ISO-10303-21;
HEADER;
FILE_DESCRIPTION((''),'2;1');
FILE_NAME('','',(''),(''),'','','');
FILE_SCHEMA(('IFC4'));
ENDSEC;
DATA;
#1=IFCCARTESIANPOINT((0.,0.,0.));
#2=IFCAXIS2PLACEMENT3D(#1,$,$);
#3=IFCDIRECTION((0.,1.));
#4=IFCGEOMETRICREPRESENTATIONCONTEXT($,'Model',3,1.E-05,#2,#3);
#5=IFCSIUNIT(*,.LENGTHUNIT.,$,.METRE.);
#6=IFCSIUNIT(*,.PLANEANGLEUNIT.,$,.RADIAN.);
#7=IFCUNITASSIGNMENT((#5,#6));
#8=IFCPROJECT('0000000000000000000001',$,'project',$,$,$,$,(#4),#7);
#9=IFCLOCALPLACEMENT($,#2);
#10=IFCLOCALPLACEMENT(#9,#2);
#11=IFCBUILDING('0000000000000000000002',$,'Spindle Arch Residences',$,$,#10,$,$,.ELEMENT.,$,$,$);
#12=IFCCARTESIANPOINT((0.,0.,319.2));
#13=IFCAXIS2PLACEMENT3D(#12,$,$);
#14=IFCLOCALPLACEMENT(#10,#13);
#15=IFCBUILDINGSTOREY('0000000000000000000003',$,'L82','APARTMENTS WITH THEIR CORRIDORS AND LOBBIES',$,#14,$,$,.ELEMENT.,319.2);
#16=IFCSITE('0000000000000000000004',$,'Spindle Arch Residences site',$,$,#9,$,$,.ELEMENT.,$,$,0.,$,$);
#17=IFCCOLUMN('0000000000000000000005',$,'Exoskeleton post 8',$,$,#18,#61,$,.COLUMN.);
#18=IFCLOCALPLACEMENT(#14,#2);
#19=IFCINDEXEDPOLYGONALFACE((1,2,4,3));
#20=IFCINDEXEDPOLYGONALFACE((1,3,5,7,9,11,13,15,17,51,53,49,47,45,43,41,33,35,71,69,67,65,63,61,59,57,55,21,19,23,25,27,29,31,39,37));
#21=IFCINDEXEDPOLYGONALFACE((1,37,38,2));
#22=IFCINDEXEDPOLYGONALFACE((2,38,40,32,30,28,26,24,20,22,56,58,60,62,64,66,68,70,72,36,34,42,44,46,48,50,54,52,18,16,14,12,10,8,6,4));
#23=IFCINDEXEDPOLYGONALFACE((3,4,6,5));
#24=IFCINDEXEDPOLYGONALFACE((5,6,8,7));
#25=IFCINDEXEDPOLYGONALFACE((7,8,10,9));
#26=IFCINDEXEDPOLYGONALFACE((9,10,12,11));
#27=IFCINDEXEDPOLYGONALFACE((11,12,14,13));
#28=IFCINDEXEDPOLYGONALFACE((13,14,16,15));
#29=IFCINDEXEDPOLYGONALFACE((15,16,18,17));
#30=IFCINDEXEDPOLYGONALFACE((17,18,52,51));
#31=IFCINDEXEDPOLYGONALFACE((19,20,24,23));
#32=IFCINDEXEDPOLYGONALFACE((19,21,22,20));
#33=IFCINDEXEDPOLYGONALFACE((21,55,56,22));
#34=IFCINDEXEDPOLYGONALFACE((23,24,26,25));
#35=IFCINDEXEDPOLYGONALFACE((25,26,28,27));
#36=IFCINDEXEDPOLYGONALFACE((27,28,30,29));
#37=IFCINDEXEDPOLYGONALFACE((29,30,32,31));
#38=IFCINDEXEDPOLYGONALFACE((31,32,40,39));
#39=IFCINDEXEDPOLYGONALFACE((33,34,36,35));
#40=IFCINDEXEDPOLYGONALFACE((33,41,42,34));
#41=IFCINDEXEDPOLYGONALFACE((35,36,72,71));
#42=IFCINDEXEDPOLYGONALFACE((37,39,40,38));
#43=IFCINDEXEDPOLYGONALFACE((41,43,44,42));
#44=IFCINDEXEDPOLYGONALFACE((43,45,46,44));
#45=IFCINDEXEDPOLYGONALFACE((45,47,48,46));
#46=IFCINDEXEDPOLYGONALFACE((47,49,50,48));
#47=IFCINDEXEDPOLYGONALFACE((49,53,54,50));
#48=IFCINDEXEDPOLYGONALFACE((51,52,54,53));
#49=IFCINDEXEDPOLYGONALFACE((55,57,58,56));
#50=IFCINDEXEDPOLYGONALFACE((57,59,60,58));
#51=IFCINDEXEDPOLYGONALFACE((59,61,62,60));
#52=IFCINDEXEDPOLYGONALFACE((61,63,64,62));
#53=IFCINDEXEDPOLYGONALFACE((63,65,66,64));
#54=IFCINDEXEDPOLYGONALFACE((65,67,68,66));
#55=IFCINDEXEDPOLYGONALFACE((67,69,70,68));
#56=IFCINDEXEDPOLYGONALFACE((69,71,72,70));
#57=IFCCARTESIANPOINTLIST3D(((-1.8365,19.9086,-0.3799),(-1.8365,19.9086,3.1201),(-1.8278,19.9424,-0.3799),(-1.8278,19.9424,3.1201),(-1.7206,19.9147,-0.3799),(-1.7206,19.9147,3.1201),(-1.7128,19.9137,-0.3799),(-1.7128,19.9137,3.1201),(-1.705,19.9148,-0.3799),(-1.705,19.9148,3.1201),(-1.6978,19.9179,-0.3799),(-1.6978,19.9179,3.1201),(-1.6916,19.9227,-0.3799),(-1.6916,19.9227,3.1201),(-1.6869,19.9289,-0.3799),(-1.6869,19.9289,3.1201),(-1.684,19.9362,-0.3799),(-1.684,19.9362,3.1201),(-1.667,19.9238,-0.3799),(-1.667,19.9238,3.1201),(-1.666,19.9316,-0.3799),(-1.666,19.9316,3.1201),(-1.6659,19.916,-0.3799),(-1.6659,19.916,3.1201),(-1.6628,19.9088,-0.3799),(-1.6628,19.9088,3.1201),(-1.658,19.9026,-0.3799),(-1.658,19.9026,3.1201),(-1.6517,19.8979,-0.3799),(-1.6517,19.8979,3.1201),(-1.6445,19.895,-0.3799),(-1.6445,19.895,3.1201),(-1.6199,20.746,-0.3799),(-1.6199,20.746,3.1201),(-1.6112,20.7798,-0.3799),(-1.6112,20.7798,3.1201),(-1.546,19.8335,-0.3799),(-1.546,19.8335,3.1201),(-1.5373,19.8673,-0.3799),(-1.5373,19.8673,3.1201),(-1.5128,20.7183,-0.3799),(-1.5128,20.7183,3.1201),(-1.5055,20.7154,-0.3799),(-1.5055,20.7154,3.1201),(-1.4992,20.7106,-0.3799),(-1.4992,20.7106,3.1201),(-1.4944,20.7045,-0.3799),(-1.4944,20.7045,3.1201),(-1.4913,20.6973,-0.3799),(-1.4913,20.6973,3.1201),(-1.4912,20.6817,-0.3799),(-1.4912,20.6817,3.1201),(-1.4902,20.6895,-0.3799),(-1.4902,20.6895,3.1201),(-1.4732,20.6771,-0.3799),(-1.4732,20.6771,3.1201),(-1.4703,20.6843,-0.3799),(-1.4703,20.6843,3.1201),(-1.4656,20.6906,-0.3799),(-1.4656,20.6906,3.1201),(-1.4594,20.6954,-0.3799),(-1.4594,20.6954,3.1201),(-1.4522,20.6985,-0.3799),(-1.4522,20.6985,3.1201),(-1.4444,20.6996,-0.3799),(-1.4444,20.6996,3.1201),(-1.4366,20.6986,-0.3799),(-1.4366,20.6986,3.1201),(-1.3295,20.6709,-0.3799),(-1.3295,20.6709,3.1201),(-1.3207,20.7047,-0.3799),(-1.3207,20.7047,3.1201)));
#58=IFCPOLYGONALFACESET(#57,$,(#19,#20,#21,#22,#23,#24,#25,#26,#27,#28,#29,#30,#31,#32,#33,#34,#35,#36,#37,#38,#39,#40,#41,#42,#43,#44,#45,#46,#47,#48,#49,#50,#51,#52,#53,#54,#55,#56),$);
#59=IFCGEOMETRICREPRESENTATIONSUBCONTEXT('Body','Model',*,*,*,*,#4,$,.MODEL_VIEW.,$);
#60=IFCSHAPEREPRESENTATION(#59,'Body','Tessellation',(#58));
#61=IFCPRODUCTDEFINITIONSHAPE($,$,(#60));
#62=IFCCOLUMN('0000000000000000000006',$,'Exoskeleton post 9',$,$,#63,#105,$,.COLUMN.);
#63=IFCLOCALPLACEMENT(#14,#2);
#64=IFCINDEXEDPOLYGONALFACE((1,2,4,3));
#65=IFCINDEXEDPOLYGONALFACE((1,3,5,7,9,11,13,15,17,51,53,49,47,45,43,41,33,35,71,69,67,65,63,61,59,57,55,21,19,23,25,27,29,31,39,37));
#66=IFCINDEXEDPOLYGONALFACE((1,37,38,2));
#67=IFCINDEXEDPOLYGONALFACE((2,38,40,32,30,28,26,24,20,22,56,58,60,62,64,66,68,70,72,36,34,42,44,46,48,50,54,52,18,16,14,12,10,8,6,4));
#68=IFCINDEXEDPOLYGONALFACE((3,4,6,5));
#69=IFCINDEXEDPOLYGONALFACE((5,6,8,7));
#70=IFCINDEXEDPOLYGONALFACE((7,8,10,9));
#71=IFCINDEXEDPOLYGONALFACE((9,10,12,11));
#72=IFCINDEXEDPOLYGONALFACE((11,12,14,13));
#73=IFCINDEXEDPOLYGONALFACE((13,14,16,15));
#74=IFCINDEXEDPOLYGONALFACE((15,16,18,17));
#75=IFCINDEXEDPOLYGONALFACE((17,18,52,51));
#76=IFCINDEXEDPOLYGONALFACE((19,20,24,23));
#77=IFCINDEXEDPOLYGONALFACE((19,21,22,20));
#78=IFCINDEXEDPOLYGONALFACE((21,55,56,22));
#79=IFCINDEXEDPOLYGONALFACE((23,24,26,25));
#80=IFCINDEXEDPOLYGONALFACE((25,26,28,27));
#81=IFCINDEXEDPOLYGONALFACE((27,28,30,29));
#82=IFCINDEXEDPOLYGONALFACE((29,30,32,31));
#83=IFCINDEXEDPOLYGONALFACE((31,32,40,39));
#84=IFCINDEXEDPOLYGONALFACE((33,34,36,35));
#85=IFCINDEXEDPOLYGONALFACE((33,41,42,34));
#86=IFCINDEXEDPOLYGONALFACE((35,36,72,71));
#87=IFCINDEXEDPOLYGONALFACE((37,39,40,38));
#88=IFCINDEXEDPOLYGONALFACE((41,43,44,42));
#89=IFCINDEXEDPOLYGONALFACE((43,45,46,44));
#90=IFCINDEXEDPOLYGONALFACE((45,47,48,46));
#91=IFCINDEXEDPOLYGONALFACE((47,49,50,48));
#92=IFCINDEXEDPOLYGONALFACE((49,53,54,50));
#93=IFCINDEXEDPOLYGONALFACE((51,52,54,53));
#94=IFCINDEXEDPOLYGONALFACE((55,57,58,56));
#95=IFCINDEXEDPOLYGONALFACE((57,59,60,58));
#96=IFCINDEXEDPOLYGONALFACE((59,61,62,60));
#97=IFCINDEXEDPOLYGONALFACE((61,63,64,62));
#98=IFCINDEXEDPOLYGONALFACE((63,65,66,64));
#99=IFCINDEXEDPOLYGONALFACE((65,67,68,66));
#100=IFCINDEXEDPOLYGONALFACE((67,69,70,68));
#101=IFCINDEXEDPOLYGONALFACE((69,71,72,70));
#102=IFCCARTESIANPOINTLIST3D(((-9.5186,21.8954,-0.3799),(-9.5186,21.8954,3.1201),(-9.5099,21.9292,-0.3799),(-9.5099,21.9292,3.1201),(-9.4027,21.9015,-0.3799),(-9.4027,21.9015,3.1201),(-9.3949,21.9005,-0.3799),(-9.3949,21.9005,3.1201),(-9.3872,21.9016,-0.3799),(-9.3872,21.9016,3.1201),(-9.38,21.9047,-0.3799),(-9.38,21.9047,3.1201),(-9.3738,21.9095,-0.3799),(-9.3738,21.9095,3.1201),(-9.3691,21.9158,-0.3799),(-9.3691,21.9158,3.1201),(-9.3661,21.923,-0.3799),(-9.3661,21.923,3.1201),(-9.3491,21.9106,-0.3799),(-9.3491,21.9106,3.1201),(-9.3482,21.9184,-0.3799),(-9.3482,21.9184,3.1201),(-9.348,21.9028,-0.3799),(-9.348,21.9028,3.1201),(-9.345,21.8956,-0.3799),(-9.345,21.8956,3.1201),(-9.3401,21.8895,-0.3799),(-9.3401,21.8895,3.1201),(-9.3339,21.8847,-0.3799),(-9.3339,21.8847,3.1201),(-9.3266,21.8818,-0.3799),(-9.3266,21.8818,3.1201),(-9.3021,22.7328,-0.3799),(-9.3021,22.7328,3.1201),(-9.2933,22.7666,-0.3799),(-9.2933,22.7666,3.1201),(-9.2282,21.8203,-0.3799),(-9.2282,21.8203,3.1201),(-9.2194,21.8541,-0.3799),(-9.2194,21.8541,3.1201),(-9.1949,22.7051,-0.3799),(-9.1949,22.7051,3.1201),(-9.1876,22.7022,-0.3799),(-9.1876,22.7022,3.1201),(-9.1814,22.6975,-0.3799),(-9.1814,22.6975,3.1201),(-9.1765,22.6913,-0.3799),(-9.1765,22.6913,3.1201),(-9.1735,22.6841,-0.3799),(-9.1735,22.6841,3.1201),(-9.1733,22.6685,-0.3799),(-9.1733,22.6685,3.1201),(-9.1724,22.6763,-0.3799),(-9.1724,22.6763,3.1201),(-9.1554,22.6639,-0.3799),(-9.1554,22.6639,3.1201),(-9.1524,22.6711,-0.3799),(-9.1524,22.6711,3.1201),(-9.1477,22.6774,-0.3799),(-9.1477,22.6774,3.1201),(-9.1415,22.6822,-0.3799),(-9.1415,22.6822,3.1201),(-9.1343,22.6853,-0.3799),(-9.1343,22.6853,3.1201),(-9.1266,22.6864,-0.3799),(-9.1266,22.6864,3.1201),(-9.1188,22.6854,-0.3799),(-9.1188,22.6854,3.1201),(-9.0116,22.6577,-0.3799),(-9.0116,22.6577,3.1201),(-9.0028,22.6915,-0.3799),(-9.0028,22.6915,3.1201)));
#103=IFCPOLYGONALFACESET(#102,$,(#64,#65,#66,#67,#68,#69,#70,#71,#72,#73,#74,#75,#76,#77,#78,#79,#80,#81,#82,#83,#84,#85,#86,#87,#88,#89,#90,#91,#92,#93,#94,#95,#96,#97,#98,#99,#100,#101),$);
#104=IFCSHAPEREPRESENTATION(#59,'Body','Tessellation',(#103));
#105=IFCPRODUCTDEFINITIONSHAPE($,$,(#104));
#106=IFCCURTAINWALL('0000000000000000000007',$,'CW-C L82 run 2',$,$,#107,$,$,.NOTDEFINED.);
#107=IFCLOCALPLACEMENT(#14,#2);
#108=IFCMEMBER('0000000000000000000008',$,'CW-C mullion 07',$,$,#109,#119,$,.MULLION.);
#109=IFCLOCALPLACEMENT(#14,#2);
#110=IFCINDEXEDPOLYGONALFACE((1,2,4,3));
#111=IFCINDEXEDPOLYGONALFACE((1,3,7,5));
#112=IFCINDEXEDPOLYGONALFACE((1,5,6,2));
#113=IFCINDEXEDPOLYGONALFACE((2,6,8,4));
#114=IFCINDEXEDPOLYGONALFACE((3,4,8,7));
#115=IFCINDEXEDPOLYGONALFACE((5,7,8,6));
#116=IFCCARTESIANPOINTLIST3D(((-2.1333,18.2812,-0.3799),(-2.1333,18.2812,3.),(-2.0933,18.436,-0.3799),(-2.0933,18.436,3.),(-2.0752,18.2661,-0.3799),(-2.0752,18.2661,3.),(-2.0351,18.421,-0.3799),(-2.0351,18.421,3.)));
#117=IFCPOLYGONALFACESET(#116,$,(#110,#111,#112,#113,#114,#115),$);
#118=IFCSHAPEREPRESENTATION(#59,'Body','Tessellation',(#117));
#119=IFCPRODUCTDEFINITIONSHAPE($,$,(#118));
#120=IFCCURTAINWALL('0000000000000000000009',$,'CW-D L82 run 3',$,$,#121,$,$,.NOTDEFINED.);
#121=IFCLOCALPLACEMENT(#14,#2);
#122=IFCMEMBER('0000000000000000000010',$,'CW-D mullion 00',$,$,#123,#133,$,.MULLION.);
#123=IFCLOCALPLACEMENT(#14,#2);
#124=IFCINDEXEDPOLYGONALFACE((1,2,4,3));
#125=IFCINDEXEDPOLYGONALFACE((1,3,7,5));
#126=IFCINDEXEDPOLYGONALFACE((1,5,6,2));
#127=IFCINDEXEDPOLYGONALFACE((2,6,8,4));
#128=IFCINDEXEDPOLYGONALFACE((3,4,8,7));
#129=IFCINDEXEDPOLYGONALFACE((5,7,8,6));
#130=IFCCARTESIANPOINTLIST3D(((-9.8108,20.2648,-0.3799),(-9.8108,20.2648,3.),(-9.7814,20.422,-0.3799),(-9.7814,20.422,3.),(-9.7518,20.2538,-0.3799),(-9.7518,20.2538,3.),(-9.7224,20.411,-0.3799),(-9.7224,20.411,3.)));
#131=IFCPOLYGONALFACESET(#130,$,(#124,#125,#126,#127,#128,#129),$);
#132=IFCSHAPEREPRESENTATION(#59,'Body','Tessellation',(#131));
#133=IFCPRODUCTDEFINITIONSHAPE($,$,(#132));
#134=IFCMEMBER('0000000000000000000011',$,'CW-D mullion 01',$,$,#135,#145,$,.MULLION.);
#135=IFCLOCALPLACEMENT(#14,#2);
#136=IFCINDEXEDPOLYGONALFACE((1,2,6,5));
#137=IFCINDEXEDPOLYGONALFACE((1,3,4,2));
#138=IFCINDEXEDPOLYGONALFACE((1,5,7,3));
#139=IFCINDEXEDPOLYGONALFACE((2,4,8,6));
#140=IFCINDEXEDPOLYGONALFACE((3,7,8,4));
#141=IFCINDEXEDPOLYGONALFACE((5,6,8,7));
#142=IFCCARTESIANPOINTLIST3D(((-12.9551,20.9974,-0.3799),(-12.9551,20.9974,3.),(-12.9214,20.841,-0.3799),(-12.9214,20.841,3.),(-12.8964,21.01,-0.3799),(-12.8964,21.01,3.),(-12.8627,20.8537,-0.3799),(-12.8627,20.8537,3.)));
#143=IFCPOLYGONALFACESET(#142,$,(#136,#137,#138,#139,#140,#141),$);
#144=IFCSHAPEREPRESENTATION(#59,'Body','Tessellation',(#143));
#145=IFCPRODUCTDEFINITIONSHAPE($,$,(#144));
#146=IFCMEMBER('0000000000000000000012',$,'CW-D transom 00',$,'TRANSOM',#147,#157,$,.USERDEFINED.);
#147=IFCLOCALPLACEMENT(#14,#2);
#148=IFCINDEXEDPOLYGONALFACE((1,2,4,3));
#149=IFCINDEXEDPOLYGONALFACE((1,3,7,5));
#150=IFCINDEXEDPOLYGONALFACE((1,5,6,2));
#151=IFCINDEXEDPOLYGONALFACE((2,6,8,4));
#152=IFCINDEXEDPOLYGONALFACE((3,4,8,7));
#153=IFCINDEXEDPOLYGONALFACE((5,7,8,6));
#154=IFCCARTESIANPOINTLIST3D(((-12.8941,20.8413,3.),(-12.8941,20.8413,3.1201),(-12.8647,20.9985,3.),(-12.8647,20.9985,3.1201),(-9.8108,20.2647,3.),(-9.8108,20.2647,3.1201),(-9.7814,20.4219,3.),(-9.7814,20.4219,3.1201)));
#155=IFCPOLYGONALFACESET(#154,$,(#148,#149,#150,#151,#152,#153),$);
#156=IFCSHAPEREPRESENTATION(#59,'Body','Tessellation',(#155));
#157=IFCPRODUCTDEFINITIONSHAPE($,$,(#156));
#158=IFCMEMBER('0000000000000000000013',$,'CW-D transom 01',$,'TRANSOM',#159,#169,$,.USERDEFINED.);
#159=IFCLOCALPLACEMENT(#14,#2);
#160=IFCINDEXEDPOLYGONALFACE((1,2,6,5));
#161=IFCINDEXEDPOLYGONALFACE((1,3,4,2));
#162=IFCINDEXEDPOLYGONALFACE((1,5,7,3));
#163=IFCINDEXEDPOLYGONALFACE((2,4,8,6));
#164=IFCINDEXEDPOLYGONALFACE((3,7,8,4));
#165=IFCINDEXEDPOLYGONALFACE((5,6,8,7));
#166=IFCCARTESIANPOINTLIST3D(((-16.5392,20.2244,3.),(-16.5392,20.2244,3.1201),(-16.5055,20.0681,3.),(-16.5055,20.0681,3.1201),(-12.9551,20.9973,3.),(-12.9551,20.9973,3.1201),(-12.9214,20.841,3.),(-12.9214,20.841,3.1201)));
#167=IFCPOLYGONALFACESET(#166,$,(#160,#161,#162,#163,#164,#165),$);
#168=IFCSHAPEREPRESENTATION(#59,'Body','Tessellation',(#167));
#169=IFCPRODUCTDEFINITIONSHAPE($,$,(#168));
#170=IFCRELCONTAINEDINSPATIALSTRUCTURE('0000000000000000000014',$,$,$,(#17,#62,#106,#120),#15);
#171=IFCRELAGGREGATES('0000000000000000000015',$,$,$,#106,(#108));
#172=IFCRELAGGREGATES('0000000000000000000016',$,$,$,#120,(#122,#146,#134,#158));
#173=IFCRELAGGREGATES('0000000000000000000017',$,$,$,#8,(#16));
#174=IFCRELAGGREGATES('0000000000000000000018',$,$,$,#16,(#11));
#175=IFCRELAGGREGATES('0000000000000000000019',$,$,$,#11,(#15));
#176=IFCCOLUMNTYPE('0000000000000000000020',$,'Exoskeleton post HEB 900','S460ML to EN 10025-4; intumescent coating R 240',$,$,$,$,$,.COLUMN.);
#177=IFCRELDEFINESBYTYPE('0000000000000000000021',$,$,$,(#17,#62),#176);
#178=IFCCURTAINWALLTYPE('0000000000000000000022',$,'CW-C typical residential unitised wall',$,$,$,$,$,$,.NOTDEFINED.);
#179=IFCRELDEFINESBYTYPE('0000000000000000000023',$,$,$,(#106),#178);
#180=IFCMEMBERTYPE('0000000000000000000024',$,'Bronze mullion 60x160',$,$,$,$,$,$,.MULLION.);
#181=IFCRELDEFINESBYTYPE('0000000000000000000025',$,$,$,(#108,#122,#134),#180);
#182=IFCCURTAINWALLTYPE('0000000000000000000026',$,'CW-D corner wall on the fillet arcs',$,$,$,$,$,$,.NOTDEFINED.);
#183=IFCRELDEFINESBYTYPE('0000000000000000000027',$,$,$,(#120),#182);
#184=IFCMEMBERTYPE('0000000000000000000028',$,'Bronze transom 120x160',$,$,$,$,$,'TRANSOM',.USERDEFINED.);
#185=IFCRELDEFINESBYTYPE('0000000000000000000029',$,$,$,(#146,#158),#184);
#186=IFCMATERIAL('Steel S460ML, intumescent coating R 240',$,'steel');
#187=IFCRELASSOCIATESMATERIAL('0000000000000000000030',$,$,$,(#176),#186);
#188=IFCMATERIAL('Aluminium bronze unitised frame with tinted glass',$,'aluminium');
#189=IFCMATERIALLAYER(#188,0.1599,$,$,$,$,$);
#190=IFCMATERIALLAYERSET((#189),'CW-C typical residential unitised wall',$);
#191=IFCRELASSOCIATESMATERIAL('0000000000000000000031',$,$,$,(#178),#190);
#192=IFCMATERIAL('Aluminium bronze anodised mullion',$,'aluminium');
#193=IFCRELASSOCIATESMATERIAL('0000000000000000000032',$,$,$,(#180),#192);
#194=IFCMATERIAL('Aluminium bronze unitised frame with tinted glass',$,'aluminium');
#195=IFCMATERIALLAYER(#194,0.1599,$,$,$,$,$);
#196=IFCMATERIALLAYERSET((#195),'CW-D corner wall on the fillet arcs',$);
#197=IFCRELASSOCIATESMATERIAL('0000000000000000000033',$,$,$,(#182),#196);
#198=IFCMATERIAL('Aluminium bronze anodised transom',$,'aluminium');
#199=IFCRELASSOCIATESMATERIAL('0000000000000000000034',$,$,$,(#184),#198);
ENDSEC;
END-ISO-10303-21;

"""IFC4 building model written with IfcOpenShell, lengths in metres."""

from ifc_helpers import new_model, si_unit, direction, frame, origin, origin_2d, place, context, subcontext, project, spatial, rectangle, i_section, extrude, material, layer, layer_set, material_profile, profile_set, type_object, element, aggregate, save


model = new_model("IFC4")

# Units and contexts
model_context = context("Model", 3, precision=1e-05, world=origin(), true_north=direction((0.0, 1.0)))
body_context = subcontext(model_context, "Body", "Model", "MODEL_VIEW")
ifc_project = project(units=[si_unit("LENGTHUNIT", "METRE"), si_unit("PLANEANGLEUNIT", "RADIAN")], contexts=[model_context])

# Site, building, storey
site_placement = place(None, origin())
site = spatial("IfcSite", under=ifc_project, at=site_placement, Name="Spindle Arch Residences site", CompositionType="ELEMENT", RefElevation=0.0)
building_placement = place(site_placement, origin())
building = spatial("IfcBuilding", under=site, at=building_placement, Name="Spindle Arch Residences", CompositionType="ELEMENT")
storey_placement = place(building_placement, frame((0.0, 0.0, 319.2)))
storey = spatial("IfcBuildingStorey", under=building, at=storey_placement, Name="L82", Description="APARTMENTS WITH THEIR CORRIDORS AND LOBBIES", CompositionType="ELEMENT", Elevation=319.2)

# Columns
ifc_material_1 = material(Name="Steel S460ML, intumescent coating R 240", Category="steel")
ifc_material_profile_1 = material_profile(ifc_material_1, i_section(OverallWidth=0.3, OverallDepth=0.8999, WebThickness=0.0186, FlangeThickness=0.0349, FilletRadius=0.03, at=origin_2d()), Name="HEB 900")
ifc_profile_set_1 = profile_set([ifc_material_profile_1], Name="Steel S460ML, intumescent coating R 240")
column_type = type_object("IfcColumnType", Name="Exoskeleton post HEB 900", Description="S460ML to EN 10025-4; intumescent coating R 240", PredefinedType="COLUMN", material=ifc_profile_set_1)
for number, where, z_axis, x_axis, name in (
    (1, (-1.5786, 20.3066, -0.3799), (0.0, 0.0, 1.0), (0.968148, -0.25038, 0.0), "Exoskeleton post 8"),
    (2, (-9.2607, 22.2935, -0.3799), (0.0, 0.0, 1.0), (0.968148, -0.25038, 0.0), "Exoskeleton post 9"),
):
    element("IfcColumn", number, at=place(storey_placement, frame(where, z_axis=z_axis, x_axis=x_axis)), inside=storey, type_object=column_type, Name=name, PredefinedType="COLUMN", context=body_context, shape_type="SweptSolid", body=[
        extrude(i_section(OverallWidth=0.3, OverallDepth=0.8999, WebThickness=0.0186, FlangeThickness=0.0349, FilletRadius=0.03, at=origin_2d()), origin(), (0.0, 0.0, 1.0), 3.5),
    ])

# Curtain wall, member
ifc_material_2 = material(Name="Aluminium bronze unitised frame with tinted glass", Category="aluminium")
ifc_layer_1 = layer(ifc_material_2, 0.1599)
ifc_layer_set_1 = layer_set([ifc_layer_1], Name="CW-C typical residential unitised wall")
curtain_wall_type_1 = type_object("IfcCurtainWallType", Name="CW-C typical residential unitised wall", PredefinedType="NOTDEFINED", material=ifc_layer_set_1)
curtain_wall_1_placement = place(storey_placement, origin())
curtain_wall_1 = element("IfcCurtainWall", 3, at=curtain_wall_1_placement, inside=storey, type_object=curtain_wall_type_1, Name="CW-C L82 run 2", PredefinedType="NOTDEFINED")
ifc_material_3 = material(Name="Aluminium bronze anodised mullion", Category="aluminium")
ifc_material_profile_2 = material_profile(ifc_material_3, rectangle(XDim=0.1599, YDim=0.0601, at=origin_2d()), Name="MU 60x160")
ifc_profile_set_2 = profile_set([ifc_material_profile_2], Name="Aluminium bronze anodised mullion")
member_type_1 = type_object("IfcMemberType", Name="Bronze mullion 60x160", PredefinedType="MULLION", material=ifc_profile_set_2)
member_1_placement = place(storey_placement, frame((-2.0842, 18.3511, -0.3799), z_axis=(0.0, 0.0, 1.0), x_axis=(-0.25038, -0.968148, 0.0)))
member_1 = element("IfcMember", 4, at=member_1_placement, type_object=member_type_1, Name="CW-C mullion 07", PredefinedType="MULLION", context=body_context, shape_type="SweptSolid", body=[
    extrude(rectangle(XDim=0.1599, YDim=0.0601, at=origin_2d()), origin(), (0.0, 0.0, 1.0), 3.3799),
])

# Curtain wall, members
ifc_material_4 = material(Name="Aluminium bronze unitised frame with tinted glass", Category="aluminium")
ifc_layer_2 = layer(ifc_material_4, 0.1599)
ifc_layer_set_2 = layer_set([ifc_layer_2], Name="CW-D corner wall on the fillet arcs")
curtain_wall_type_2 = type_object("IfcCurtainWallType", Name="CW-D corner wall on the fillet arcs", PredefinedType="NOTDEFINED", material=ifc_layer_set_2)
curtain_wall_2_placement = place(storey_placement, origin())
curtain_wall_2 = element("IfcCurtainWall", 5, at=curtain_wall_2_placement, inside=storey, type_object=curtain_wall_type_2, Name="CW-D L82 run 3", PredefinedType="NOTDEFINED")
member_2_placement = place(storey_placement, frame((-9.7666, 20.3379, -0.3799), z_axis=(0.0, 0.0, 1.0), x_axis=(-0.183837, -0.982957, 0.0)))
member_2 = element("IfcMember", 6, at=member_2_placement, type_object=member_type_1, Name="CW-D mullion 00", PredefinedType="MULLION", context=body_context, shape_type="SweptSolid", body=[
    extrude(rectangle(XDim=0.1599, YDim=0.0601, at=origin_2d()), origin(), (0.0, 0.0, 1.0), 3.3799),
])
member_3_placement = place(storey_placement, frame((-12.9089, 20.9255, -0.3799), z_axis=(0.0, 0.0, 1.0), x_axis=(0.210756, -0.977539, 0.0)))
member_3 = element("IfcMember", 7, at=member_3_placement, type_object=member_type_1, Name="CW-D mullion 01", PredefinedType="MULLION", context=body_context, shape_type="SweptSolid", body=[
    extrude(rectangle(XDim=0.1599, YDim=0.0601, at=origin_2d()), origin(), (0.0, 0.0, 1.0), 3.3799),
])
ifc_material_5 = material(Name="Aluminium bronze anodised transom", Category="aluminium")
ifc_material_profile_3 = material_profile(ifc_material_5, rectangle(XDim=0.1599, YDim=0.1201, at=origin_2d()), Name="TR 120x160")
ifc_profile_set_3 = profile_set([ifc_material_profile_3], Name="Aluminium bronze anodised transom")
member_type_2 = type_object("IfcMemberType", Name="Bronze transom 120x160", ElementType="TRANSOM", PredefinedType="USERDEFINED", material=ifc_profile_set_3)
member_4_placement = place(storey_placement, frame((-9.7961, 20.3433, 3.0601), z_axis=(-0.982956, 0.183842, 0.0), x_axis=(-0.183842, -0.982956, 0.0)))
member_4 = element("IfcMember", 8, at=member_4_placement, type_object=member_type_2, Name="CW-D transom 00", ObjectType="TRANSOM", PredefinedType="USERDEFINED", context=body_context, shape_type="SweptSolid", body=[
    extrude(rectangle(XDim=0.1599, YDim=0.1201, at=origin_2d()), origin(), (0.0, 0.0, 1.0), 3.1367),
])
member_5_placement = place(storey_placement, frame((-12.9382, 20.9192, 3.0601), z_axis=(-0.977528, -0.210807, 0.0), x_axis=(0.210807, -0.977528, 0.0)))
member_5 = element("IfcMember", 9, at=member_5_placement, type_object=member_type_2, Name="CW-D transom 01", ObjectType="TRANSOM", PredefinedType="USERDEFINED", context=body_context, shape_type="SweptSolid", body=[
    extrude(rectangle(XDim=0.1599, YDim=0.1201, at=origin_2d()), origin(), (0.0, 0.0, 1.0), 3.6665),
])

aggregate(curtain_wall_1, [member_1])
aggregate(curtain_wall_2, [member_2, member_4, member_3, member_5])

save(model, "model.ifc")
